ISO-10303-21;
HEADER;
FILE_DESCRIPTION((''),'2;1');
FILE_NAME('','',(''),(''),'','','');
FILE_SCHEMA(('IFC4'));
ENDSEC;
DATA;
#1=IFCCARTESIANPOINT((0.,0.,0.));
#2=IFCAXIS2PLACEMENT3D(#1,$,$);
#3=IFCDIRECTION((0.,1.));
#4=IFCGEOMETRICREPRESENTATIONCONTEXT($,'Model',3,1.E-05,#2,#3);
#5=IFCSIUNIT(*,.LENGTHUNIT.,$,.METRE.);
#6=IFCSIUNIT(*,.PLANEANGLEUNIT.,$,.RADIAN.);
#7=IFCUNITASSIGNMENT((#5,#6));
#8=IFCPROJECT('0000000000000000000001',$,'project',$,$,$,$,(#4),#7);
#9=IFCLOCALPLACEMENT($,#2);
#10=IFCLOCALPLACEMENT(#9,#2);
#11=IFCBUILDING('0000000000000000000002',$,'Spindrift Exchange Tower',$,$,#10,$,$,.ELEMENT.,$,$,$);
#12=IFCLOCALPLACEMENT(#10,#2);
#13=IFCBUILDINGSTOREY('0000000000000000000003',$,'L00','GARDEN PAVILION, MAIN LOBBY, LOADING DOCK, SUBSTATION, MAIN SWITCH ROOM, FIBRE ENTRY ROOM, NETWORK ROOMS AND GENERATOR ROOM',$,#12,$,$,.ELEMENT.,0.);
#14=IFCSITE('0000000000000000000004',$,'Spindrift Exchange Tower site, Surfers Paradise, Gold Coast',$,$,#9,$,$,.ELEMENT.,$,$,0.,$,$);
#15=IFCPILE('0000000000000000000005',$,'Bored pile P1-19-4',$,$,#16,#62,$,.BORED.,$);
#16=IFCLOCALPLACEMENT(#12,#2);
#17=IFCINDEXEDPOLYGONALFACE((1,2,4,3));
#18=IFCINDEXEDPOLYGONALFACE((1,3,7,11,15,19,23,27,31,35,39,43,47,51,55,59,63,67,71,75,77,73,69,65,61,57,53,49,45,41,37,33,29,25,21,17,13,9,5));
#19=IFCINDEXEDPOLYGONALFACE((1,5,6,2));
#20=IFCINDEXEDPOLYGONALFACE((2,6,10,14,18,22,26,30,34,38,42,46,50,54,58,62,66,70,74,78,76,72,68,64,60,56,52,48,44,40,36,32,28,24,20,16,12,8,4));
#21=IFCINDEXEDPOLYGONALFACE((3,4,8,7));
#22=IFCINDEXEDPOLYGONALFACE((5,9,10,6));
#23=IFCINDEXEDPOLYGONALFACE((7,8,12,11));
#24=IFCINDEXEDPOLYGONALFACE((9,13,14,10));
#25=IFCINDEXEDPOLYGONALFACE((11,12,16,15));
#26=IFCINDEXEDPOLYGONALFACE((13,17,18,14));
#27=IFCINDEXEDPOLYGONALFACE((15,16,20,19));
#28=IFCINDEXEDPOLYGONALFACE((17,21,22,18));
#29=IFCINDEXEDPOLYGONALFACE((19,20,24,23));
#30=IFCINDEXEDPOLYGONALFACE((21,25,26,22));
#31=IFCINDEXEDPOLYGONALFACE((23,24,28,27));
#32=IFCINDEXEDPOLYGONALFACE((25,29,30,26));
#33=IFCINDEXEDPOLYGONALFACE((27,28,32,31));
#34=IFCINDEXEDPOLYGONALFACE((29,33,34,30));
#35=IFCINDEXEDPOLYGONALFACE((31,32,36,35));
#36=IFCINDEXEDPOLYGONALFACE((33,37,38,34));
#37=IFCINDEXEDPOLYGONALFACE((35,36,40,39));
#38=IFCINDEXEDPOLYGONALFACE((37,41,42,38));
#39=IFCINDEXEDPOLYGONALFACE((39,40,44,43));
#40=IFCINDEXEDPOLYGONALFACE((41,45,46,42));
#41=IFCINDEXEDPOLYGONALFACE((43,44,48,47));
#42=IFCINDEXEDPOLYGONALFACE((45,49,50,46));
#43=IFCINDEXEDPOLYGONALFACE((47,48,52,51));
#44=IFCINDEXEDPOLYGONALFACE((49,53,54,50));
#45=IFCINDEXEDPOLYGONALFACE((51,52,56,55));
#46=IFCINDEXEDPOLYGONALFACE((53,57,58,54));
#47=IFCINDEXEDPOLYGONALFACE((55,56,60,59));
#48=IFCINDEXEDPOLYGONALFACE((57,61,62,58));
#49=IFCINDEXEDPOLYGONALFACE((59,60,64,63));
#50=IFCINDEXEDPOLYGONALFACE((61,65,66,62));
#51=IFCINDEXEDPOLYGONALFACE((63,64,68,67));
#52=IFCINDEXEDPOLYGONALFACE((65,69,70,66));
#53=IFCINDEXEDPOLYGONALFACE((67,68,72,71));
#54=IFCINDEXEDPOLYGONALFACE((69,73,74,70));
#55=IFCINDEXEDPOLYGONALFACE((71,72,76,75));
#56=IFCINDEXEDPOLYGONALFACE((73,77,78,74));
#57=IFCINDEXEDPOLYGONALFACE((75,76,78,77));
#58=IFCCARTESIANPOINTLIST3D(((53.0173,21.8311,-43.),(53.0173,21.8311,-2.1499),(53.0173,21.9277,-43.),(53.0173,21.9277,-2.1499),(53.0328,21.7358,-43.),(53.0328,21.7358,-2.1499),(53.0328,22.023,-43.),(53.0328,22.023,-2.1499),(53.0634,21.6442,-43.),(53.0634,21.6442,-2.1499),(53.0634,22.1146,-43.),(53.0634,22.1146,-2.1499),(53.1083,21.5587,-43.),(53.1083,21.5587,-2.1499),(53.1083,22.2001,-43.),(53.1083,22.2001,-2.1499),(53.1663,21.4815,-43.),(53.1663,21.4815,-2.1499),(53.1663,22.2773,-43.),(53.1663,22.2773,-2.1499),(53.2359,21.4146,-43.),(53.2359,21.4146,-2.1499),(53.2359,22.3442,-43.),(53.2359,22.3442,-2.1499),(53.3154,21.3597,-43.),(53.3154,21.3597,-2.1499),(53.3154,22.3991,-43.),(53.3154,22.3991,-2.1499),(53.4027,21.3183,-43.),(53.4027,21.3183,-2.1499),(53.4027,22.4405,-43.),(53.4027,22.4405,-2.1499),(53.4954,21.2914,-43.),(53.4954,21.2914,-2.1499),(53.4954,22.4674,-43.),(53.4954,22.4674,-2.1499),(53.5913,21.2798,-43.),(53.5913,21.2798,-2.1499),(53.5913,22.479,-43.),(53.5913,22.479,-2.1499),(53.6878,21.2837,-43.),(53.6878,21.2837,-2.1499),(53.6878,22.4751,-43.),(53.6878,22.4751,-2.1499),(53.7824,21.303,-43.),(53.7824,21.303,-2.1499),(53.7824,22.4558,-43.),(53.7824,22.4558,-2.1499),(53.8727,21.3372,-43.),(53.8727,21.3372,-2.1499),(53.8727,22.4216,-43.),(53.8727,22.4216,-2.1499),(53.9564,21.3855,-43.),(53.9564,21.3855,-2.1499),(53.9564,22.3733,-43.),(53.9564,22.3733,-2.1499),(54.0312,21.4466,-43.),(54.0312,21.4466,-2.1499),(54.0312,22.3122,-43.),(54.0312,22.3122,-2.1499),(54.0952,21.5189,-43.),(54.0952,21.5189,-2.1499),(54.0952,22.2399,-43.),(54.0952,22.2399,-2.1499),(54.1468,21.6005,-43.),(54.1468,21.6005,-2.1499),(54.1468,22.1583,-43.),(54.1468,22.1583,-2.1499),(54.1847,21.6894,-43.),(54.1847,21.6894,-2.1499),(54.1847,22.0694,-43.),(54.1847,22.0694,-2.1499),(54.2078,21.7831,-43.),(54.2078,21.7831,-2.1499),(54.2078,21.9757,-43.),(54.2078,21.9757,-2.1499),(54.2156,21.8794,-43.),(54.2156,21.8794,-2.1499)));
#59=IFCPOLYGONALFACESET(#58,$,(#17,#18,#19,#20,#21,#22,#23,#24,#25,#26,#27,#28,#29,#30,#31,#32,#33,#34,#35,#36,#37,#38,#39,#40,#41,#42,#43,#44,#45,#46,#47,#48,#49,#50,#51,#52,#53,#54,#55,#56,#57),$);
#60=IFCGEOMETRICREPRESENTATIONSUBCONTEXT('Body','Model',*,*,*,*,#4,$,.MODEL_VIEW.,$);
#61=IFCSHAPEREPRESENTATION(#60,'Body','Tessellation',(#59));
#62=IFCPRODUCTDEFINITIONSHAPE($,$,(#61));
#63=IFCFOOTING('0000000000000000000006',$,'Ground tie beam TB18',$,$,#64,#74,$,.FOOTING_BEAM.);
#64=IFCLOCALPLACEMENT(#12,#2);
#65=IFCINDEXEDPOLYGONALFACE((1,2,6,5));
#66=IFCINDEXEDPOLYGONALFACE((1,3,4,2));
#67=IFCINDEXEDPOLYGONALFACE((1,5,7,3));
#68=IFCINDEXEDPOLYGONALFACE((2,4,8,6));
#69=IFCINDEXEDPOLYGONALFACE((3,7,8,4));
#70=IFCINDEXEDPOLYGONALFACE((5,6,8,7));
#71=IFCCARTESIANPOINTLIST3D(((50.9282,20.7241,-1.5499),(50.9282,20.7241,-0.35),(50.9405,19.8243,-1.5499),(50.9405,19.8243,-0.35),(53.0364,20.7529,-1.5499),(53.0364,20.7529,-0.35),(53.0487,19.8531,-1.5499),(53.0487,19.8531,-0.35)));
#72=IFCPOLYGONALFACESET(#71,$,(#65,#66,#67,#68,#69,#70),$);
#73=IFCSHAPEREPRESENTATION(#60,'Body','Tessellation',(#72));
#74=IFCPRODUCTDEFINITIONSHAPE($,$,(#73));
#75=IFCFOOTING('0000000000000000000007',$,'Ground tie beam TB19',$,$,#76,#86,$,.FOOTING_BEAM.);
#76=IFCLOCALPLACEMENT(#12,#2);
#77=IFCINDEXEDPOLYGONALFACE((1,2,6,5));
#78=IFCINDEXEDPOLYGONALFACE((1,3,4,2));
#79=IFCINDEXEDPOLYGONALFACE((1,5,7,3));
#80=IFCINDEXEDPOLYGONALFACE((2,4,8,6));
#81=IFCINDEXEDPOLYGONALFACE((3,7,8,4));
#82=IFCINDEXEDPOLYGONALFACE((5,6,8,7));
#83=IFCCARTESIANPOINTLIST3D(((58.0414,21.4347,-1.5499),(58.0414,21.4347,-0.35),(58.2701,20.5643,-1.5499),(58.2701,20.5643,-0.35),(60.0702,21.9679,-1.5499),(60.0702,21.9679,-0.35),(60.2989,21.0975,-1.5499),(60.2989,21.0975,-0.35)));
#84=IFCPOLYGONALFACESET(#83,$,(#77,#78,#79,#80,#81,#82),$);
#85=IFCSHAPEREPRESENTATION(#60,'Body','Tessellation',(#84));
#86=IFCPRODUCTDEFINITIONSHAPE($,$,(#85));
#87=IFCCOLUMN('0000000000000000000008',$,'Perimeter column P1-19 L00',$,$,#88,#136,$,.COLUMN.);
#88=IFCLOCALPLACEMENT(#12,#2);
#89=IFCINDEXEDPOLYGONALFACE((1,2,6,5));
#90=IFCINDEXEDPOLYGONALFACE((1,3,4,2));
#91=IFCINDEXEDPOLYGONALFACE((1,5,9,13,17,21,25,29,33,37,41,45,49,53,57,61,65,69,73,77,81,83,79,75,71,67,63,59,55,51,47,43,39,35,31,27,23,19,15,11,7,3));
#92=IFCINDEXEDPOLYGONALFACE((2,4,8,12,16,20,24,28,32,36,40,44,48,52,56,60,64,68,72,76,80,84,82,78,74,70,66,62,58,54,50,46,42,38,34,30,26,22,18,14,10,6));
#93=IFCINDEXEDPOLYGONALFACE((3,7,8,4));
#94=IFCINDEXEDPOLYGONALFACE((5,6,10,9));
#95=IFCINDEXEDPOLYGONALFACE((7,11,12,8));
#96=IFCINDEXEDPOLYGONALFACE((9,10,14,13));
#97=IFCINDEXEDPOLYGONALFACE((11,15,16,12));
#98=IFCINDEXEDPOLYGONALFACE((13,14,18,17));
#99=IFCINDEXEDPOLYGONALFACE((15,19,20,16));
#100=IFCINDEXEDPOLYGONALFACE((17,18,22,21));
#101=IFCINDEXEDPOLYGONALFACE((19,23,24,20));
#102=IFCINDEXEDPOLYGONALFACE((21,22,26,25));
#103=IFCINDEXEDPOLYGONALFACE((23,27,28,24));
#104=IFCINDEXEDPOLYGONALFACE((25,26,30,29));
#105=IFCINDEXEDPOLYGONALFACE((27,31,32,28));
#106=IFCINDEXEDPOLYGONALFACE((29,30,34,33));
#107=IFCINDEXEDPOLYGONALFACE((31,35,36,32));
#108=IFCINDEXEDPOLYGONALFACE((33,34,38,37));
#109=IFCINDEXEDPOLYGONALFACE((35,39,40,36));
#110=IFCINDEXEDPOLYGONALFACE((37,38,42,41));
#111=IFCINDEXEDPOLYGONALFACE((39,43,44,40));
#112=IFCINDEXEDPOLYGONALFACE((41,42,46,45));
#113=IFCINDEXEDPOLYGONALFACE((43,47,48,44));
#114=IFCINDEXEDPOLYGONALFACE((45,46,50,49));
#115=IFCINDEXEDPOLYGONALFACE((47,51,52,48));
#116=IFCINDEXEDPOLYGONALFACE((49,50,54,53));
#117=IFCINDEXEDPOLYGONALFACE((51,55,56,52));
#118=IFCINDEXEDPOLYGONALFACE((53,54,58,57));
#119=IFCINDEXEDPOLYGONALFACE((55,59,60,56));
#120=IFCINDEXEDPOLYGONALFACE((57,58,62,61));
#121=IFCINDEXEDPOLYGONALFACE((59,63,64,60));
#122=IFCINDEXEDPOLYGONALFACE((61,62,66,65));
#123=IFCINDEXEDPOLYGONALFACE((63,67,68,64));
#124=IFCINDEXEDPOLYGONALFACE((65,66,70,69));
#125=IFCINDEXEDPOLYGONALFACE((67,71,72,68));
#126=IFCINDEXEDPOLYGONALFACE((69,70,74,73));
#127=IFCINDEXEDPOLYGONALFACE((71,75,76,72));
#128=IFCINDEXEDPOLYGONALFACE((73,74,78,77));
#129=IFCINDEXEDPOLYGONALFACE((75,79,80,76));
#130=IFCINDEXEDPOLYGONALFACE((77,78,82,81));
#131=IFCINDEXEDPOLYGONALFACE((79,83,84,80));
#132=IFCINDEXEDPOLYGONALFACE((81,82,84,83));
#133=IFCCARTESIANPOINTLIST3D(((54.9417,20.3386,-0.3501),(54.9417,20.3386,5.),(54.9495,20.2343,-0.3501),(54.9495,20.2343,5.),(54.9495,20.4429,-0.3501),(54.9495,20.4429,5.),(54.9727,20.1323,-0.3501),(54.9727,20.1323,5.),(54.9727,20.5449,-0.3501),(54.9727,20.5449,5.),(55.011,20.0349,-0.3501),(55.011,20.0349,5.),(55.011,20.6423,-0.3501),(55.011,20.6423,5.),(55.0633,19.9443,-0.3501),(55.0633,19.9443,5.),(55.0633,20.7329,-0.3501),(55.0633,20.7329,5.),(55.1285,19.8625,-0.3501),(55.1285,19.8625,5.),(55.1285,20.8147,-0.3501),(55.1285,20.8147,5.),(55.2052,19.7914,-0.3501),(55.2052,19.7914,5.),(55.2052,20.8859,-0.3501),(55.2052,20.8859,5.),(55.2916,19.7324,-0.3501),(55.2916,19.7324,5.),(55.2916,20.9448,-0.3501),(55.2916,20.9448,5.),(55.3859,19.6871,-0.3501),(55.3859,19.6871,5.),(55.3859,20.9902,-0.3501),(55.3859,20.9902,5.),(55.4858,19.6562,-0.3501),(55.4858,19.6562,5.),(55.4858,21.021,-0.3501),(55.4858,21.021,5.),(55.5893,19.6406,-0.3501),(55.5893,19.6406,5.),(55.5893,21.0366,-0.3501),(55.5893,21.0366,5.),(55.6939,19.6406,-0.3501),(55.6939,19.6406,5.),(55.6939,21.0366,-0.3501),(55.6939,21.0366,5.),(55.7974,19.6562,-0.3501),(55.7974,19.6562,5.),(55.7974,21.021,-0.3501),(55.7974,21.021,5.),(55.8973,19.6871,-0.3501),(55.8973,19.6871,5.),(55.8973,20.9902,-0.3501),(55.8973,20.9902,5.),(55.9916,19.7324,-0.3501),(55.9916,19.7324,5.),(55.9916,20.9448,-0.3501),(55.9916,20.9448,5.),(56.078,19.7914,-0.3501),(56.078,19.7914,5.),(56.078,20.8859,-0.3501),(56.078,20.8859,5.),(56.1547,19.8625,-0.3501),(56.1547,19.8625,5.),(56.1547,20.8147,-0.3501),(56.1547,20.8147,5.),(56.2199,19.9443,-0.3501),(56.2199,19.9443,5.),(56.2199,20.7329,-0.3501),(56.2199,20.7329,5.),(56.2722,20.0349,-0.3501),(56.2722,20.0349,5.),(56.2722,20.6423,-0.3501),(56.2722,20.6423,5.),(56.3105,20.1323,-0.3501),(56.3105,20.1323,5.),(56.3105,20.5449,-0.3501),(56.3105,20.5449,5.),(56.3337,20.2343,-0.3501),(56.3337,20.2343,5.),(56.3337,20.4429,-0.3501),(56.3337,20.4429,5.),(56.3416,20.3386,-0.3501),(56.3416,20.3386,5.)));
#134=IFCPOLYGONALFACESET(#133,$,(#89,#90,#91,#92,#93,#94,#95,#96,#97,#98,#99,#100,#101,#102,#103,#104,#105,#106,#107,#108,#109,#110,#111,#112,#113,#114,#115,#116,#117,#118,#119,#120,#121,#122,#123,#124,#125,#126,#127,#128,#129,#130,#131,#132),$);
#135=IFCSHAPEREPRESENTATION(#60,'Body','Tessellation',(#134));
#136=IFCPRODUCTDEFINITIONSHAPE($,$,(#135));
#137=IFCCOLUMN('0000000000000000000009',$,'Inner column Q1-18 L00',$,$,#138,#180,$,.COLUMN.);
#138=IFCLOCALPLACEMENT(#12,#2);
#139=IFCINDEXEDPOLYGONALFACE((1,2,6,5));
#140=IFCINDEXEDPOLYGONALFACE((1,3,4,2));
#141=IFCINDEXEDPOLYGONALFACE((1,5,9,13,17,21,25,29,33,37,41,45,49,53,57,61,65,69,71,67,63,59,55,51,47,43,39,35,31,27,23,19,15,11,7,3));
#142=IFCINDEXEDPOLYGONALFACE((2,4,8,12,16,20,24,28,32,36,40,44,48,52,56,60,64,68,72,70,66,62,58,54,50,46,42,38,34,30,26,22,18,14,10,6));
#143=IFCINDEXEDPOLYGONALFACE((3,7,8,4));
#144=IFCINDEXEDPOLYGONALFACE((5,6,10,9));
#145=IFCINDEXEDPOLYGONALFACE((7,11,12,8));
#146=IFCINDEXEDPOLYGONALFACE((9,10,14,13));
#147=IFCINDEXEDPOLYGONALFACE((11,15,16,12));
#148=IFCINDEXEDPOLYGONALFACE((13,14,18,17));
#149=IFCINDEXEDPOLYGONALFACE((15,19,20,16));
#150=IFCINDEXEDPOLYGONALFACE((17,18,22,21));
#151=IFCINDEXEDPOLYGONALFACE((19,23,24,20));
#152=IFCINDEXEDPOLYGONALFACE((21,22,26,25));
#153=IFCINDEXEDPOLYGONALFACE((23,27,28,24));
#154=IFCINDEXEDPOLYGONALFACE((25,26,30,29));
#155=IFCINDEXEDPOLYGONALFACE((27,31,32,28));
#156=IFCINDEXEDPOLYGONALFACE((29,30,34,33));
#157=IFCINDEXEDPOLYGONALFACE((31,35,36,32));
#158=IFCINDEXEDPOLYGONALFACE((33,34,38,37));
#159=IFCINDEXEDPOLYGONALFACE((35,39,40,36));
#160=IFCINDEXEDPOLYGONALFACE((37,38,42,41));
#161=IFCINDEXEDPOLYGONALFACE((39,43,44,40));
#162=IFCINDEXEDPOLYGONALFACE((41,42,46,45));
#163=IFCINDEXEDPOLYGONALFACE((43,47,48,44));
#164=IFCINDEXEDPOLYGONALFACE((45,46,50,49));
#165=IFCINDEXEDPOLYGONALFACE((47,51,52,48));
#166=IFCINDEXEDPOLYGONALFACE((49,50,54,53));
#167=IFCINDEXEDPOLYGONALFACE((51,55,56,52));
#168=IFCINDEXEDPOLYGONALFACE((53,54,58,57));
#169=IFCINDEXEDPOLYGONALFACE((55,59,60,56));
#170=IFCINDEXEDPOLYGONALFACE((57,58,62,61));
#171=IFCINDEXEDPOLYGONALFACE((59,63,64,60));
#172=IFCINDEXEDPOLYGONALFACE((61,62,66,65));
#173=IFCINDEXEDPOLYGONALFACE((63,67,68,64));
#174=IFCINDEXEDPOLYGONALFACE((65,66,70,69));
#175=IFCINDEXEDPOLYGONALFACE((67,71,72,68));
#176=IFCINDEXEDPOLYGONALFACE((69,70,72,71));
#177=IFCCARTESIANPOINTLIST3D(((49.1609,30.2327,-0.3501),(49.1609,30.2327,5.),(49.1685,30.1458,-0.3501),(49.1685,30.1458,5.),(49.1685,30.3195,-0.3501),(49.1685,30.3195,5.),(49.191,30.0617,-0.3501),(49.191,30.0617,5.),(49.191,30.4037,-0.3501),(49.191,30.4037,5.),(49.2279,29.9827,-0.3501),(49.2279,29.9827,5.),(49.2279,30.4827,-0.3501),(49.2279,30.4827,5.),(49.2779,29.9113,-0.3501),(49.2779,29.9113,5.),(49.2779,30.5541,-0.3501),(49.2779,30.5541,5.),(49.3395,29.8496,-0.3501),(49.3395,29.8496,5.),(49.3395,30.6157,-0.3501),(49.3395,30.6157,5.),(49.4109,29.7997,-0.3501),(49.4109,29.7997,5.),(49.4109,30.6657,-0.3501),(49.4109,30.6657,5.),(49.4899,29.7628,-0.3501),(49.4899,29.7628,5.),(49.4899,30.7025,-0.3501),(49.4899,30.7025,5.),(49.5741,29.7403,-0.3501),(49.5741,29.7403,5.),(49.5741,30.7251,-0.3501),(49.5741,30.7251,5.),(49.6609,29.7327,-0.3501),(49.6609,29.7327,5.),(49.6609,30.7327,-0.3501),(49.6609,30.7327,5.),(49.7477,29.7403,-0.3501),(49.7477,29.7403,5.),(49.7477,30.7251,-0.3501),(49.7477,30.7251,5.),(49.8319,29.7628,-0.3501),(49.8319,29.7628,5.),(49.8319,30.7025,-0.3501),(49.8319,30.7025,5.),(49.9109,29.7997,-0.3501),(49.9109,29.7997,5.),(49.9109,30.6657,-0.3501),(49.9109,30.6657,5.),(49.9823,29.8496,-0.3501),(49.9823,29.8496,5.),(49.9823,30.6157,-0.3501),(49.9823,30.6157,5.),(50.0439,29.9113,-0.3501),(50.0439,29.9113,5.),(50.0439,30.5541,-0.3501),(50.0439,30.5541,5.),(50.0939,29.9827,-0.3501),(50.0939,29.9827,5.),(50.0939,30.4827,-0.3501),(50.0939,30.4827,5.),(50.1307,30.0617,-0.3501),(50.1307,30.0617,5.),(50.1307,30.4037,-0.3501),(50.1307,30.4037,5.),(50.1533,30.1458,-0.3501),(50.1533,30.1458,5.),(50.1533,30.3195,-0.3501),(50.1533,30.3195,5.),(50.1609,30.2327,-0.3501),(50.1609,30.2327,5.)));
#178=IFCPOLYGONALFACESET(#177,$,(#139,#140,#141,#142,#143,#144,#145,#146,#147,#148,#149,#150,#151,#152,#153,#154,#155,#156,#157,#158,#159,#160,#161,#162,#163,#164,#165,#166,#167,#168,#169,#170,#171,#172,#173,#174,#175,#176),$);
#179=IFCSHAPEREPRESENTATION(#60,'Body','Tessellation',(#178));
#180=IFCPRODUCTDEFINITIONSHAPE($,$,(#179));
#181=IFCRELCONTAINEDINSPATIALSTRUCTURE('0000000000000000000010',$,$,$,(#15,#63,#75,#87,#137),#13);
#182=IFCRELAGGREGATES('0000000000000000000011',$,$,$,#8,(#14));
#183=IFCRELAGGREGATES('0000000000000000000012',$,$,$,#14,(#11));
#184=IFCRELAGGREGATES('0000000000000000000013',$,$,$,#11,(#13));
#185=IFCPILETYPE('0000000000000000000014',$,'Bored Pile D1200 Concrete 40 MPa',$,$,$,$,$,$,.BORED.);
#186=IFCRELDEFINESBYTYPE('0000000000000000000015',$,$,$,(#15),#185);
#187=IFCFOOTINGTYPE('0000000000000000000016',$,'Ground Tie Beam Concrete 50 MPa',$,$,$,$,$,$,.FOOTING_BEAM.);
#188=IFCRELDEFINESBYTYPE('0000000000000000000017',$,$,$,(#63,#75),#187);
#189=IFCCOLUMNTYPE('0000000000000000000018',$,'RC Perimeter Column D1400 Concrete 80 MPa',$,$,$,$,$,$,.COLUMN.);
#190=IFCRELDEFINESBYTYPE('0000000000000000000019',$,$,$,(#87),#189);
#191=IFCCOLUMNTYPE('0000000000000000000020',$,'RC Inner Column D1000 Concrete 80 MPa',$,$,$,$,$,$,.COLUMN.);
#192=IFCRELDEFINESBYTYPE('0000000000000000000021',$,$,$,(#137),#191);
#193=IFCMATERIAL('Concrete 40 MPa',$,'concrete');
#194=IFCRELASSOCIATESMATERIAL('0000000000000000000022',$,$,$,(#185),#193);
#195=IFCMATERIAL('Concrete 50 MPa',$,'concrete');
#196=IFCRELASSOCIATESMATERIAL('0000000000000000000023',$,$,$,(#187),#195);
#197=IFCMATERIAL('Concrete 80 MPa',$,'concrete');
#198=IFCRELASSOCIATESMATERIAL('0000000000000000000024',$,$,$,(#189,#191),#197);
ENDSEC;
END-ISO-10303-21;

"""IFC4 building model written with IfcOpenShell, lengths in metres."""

from ifc_helpers import new_model, si_unit, direction, frame, origin, origin_2d, place, context, subcontext, project, spatial, rectangle, circle, extrude, source, transform, mapped, material, material_profile, profile_set, type_object, element, save


model = new_model("IFC4")

# Units and contexts
model_context = context("Model", 3, precision=1e-05, world=origin(), true_north=direction((0.0, 1.0)))
body_context = subcontext(model_context, "Body", "Model", "MODEL_VIEW")
ifc_project = project(units=[si_unit("LENGTHUNIT", "METRE"), si_unit("PLANEANGLEUNIT", "RADIAN")], contexts=[model_context])

# Site, building, storey
site_placement = place(None, origin())
site = spatial("IfcSite", under=ifc_project, at=site_placement, Name="Spindrift Exchange Tower site, Surfers Paradise, Gold Coast", CompositionType="ELEMENT", RefElevation=0.0)
building_placement = place(site_placement, origin())
building = spatial("IfcBuilding", under=site, at=building_placement, Name="Spindrift Exchange Tower", CompositionType="ELEMENT")
storey_placement = place(building_placement, origin())
storey = spatial("IfcBuildingStorey", under=building, at=storey_placement, Name="L00", Description="GARDEN PAVILION, MAIN LOBBY, LOADING DOCK, SUBSTATION, MAIN SWITCH ROOM, FIBRE ENTRY ROOM, NETWORK ROOMS AND GENERATOR ROOM", CompositionType="ELEMENT", Elevation=0.0)

# Pile
ifc_material_1 = material(Name="Concrete 40 MPa", Category="concrete")
ifc_material_profile_1 = material_profile(ifc_material_1, circle(Radius=0.6001, at=origin_2d()), Name="BP D1200")
ifc_profile_set_1 = profile_set([ifc_material_profile_1], Name="Concrete 40 MPa")
pile_type_1 = type_object("IfcPileType", Name="Bored Pile D1200 Concrete 40 MPa", PredefinedType="BORED", material=ifc_profile_set_1)
shared_shape_1 = source(origin(), body_context, "Body", "SweptSolid", [
    extrude(circle(Radius=0.6001, at=origin_2d()), origin(), (0.0, 0.0, 1.0), 40.8501),
])
for number, where, z_axis, x_axis, name in (
    (1, (53.6155, 21.8794, -2.1499), (0.0, 0.0, -1.0), (1.0, 0.0, 0.0), "Bored pile P1-19-4"),
):
    element("IfcPile", number, at=place(storey_placement, frame(where, z_axis=z_axis, x_axis=x_axis)), inside=storey, type_object=pile_type_1, Name=name, PredefinedType="BORED", context=body_context, shape_type="MappedRepresentation", body=[
        mapped(shared_shape_1, transform((0.0, 0.0, 0.0), scale=1.0)),
    ])

# Footings
ifc_material_2 = material(Name="Concrete 50 MPa", Category="concrete")
ifc_material_profile_2 = material_profile(ifc_material_2, rectangle(XDim=0.8999, YDim=1.2, at=origin_2d()), Name="RC 900x1200")
ifc_profile_set_2 = profile_set([ifc_material_profile_2], Name="Concrete 50 MPa")
footing_type = type_object("IfcFootingType", Name="Ground Tie Beam Concrete 50 MPa", PredefinedType="FOOTING_BEAM", material=ifc_profile_set_2)
shared_shape_2 = source(origin(), body_context, "Body", "SweptSolid", [
    extrude(rectangle(XDim=0.8999, YDim=1.2, at=origin_2d()), origin(), (0.0, 0.0, 1.0), 2.1084),
])
footing_1_placement = place(storey_placement, frame((50.9343, 20.2742, -0.95), z_axis=(0.999907, 0.013664, 0.0), x_axis=(-0.013664, 0.999907, 0.0)))
element("IfcFooting", 2, at=footing_1_placement, inside=storey, type_object=footing_type, Name="Ground tie beam TB18", PredefinedType="FOOTING_BEAM", context=body_context, shape_type="MappedRepresentation", body=[
    mapped(shared_shape_2, transform((0.0, 0.0, 0.0), scale=1.0)),
])
shared_shape_3 = source(origin(), body_context, "Body", "SweptSolid", [
    extrude(rectangle(XDim=0.8999, YDim=1.2, at=origin_2d()), origin(), (0.0, 0.0, 1.0), 2.0977),
])
footing_2_placement = place(storey_placement, frame((58.1558, 20.9995, -0.95), z_axis=(0.967156, 0.254184, 0.0), x_axis=(-0.254184, 0.967156, 0.0)))
element("IfcFooting", 3, at=footing_2_placement, inside=storey, type_object=footing_type, Name="Ground tie beam TB19", PredefinedType="FOOTING_BEAM", context=body_context, shape_type="MappedRepresentation", body=[
    mapped(shared_shape_3, transform((0.0, 0.0, 0.0), scale=1.0)),
])

# Columns
ifc_material_3 = material(Name="Concrete 80 MPa", Category="concrete")
ifc_material_profile_3 = material_profile(ifc_material_3, circle(Radius=0.7, at=origin_2d()), Name="RC D1400")
ifc_profile_set_3 = profile_set([ifc_material_profile_3], Name="Concrete 80 MPa")
column_type_1 = type_object("IfcColumnType", Name="RC Perimeter Column D1400 Concrete 80 MPa", PredefinedType="COLUMN", material=ifc_profile_set_3)
shared_shape_4 = source(origin(), body_context, "Body", "SweptSolid", [
    extrude(circle(Radius=0.7, at=origin_2d()), origin(), (0.0, 0.0, 1.0), 5.3501),
])
column_placement = place(storey_placement, frame((55.6416, 20.3386, -0.3501), z_axis=(0.0, 0.0, 1.0), x_axis=(1.0, 0.0, 0.0)))
element("IfcColumn", 4, at=column_placement, inside=storey, type_object=column_type_1, Name="Perimeter column P1-19 L00", PredefinedType="COLUMN", context=body_context, shape_type="MappedRepresentation", body=[
    mapped(shared_shape_4, transform((0.0, 0.0, 0.0), scale=1.0)),
])
ifc_material_profile_4 = material_profile(ifc_material_3, circle(Radius=0.5, at=origin_2d()), Name="RC D1000")
ifc_profile_set_4 = profile_set([ifc_material_profile_4], Name="Concrete 80 MPa")
column_type_2 = type_object("IfcColumnType", Name="RC Inner Column D1000 Concrete 80 MPa", PredefinedType="COLUMN", material=ifc_profile_set_4)
shared_shape_5 = source(origin(), body_context, "Body", "SweptSolid", [
    extrude(circle(Radius=0.5, at=origin_2d()), origin(), (0.0, 0.0, 1.0), 5.3501),
])
for number, where, z_axis, x_axis, name in (
    (5, (49.6609, 30.2327, -0.3501), (0.0, 0.0, 1.0), (1.0, 0.0, 0.0), "Inner column Q1-18 L00"),
):
    element("IfcColumn", number, at=place(storey_placement, frame(where, z_axis=z_axis, x_axis=x_axis)), inside=storey, type_object=column_type_2, Name=name, PredefinedType="COLUMN", context=body_context, shape_type="MappedRepresentation", body=[
        mapped(shared_shape_5, transform((0.0, 0.0, 0.0), scale=1.0)),
    ])

save(model, "model.ifc")
